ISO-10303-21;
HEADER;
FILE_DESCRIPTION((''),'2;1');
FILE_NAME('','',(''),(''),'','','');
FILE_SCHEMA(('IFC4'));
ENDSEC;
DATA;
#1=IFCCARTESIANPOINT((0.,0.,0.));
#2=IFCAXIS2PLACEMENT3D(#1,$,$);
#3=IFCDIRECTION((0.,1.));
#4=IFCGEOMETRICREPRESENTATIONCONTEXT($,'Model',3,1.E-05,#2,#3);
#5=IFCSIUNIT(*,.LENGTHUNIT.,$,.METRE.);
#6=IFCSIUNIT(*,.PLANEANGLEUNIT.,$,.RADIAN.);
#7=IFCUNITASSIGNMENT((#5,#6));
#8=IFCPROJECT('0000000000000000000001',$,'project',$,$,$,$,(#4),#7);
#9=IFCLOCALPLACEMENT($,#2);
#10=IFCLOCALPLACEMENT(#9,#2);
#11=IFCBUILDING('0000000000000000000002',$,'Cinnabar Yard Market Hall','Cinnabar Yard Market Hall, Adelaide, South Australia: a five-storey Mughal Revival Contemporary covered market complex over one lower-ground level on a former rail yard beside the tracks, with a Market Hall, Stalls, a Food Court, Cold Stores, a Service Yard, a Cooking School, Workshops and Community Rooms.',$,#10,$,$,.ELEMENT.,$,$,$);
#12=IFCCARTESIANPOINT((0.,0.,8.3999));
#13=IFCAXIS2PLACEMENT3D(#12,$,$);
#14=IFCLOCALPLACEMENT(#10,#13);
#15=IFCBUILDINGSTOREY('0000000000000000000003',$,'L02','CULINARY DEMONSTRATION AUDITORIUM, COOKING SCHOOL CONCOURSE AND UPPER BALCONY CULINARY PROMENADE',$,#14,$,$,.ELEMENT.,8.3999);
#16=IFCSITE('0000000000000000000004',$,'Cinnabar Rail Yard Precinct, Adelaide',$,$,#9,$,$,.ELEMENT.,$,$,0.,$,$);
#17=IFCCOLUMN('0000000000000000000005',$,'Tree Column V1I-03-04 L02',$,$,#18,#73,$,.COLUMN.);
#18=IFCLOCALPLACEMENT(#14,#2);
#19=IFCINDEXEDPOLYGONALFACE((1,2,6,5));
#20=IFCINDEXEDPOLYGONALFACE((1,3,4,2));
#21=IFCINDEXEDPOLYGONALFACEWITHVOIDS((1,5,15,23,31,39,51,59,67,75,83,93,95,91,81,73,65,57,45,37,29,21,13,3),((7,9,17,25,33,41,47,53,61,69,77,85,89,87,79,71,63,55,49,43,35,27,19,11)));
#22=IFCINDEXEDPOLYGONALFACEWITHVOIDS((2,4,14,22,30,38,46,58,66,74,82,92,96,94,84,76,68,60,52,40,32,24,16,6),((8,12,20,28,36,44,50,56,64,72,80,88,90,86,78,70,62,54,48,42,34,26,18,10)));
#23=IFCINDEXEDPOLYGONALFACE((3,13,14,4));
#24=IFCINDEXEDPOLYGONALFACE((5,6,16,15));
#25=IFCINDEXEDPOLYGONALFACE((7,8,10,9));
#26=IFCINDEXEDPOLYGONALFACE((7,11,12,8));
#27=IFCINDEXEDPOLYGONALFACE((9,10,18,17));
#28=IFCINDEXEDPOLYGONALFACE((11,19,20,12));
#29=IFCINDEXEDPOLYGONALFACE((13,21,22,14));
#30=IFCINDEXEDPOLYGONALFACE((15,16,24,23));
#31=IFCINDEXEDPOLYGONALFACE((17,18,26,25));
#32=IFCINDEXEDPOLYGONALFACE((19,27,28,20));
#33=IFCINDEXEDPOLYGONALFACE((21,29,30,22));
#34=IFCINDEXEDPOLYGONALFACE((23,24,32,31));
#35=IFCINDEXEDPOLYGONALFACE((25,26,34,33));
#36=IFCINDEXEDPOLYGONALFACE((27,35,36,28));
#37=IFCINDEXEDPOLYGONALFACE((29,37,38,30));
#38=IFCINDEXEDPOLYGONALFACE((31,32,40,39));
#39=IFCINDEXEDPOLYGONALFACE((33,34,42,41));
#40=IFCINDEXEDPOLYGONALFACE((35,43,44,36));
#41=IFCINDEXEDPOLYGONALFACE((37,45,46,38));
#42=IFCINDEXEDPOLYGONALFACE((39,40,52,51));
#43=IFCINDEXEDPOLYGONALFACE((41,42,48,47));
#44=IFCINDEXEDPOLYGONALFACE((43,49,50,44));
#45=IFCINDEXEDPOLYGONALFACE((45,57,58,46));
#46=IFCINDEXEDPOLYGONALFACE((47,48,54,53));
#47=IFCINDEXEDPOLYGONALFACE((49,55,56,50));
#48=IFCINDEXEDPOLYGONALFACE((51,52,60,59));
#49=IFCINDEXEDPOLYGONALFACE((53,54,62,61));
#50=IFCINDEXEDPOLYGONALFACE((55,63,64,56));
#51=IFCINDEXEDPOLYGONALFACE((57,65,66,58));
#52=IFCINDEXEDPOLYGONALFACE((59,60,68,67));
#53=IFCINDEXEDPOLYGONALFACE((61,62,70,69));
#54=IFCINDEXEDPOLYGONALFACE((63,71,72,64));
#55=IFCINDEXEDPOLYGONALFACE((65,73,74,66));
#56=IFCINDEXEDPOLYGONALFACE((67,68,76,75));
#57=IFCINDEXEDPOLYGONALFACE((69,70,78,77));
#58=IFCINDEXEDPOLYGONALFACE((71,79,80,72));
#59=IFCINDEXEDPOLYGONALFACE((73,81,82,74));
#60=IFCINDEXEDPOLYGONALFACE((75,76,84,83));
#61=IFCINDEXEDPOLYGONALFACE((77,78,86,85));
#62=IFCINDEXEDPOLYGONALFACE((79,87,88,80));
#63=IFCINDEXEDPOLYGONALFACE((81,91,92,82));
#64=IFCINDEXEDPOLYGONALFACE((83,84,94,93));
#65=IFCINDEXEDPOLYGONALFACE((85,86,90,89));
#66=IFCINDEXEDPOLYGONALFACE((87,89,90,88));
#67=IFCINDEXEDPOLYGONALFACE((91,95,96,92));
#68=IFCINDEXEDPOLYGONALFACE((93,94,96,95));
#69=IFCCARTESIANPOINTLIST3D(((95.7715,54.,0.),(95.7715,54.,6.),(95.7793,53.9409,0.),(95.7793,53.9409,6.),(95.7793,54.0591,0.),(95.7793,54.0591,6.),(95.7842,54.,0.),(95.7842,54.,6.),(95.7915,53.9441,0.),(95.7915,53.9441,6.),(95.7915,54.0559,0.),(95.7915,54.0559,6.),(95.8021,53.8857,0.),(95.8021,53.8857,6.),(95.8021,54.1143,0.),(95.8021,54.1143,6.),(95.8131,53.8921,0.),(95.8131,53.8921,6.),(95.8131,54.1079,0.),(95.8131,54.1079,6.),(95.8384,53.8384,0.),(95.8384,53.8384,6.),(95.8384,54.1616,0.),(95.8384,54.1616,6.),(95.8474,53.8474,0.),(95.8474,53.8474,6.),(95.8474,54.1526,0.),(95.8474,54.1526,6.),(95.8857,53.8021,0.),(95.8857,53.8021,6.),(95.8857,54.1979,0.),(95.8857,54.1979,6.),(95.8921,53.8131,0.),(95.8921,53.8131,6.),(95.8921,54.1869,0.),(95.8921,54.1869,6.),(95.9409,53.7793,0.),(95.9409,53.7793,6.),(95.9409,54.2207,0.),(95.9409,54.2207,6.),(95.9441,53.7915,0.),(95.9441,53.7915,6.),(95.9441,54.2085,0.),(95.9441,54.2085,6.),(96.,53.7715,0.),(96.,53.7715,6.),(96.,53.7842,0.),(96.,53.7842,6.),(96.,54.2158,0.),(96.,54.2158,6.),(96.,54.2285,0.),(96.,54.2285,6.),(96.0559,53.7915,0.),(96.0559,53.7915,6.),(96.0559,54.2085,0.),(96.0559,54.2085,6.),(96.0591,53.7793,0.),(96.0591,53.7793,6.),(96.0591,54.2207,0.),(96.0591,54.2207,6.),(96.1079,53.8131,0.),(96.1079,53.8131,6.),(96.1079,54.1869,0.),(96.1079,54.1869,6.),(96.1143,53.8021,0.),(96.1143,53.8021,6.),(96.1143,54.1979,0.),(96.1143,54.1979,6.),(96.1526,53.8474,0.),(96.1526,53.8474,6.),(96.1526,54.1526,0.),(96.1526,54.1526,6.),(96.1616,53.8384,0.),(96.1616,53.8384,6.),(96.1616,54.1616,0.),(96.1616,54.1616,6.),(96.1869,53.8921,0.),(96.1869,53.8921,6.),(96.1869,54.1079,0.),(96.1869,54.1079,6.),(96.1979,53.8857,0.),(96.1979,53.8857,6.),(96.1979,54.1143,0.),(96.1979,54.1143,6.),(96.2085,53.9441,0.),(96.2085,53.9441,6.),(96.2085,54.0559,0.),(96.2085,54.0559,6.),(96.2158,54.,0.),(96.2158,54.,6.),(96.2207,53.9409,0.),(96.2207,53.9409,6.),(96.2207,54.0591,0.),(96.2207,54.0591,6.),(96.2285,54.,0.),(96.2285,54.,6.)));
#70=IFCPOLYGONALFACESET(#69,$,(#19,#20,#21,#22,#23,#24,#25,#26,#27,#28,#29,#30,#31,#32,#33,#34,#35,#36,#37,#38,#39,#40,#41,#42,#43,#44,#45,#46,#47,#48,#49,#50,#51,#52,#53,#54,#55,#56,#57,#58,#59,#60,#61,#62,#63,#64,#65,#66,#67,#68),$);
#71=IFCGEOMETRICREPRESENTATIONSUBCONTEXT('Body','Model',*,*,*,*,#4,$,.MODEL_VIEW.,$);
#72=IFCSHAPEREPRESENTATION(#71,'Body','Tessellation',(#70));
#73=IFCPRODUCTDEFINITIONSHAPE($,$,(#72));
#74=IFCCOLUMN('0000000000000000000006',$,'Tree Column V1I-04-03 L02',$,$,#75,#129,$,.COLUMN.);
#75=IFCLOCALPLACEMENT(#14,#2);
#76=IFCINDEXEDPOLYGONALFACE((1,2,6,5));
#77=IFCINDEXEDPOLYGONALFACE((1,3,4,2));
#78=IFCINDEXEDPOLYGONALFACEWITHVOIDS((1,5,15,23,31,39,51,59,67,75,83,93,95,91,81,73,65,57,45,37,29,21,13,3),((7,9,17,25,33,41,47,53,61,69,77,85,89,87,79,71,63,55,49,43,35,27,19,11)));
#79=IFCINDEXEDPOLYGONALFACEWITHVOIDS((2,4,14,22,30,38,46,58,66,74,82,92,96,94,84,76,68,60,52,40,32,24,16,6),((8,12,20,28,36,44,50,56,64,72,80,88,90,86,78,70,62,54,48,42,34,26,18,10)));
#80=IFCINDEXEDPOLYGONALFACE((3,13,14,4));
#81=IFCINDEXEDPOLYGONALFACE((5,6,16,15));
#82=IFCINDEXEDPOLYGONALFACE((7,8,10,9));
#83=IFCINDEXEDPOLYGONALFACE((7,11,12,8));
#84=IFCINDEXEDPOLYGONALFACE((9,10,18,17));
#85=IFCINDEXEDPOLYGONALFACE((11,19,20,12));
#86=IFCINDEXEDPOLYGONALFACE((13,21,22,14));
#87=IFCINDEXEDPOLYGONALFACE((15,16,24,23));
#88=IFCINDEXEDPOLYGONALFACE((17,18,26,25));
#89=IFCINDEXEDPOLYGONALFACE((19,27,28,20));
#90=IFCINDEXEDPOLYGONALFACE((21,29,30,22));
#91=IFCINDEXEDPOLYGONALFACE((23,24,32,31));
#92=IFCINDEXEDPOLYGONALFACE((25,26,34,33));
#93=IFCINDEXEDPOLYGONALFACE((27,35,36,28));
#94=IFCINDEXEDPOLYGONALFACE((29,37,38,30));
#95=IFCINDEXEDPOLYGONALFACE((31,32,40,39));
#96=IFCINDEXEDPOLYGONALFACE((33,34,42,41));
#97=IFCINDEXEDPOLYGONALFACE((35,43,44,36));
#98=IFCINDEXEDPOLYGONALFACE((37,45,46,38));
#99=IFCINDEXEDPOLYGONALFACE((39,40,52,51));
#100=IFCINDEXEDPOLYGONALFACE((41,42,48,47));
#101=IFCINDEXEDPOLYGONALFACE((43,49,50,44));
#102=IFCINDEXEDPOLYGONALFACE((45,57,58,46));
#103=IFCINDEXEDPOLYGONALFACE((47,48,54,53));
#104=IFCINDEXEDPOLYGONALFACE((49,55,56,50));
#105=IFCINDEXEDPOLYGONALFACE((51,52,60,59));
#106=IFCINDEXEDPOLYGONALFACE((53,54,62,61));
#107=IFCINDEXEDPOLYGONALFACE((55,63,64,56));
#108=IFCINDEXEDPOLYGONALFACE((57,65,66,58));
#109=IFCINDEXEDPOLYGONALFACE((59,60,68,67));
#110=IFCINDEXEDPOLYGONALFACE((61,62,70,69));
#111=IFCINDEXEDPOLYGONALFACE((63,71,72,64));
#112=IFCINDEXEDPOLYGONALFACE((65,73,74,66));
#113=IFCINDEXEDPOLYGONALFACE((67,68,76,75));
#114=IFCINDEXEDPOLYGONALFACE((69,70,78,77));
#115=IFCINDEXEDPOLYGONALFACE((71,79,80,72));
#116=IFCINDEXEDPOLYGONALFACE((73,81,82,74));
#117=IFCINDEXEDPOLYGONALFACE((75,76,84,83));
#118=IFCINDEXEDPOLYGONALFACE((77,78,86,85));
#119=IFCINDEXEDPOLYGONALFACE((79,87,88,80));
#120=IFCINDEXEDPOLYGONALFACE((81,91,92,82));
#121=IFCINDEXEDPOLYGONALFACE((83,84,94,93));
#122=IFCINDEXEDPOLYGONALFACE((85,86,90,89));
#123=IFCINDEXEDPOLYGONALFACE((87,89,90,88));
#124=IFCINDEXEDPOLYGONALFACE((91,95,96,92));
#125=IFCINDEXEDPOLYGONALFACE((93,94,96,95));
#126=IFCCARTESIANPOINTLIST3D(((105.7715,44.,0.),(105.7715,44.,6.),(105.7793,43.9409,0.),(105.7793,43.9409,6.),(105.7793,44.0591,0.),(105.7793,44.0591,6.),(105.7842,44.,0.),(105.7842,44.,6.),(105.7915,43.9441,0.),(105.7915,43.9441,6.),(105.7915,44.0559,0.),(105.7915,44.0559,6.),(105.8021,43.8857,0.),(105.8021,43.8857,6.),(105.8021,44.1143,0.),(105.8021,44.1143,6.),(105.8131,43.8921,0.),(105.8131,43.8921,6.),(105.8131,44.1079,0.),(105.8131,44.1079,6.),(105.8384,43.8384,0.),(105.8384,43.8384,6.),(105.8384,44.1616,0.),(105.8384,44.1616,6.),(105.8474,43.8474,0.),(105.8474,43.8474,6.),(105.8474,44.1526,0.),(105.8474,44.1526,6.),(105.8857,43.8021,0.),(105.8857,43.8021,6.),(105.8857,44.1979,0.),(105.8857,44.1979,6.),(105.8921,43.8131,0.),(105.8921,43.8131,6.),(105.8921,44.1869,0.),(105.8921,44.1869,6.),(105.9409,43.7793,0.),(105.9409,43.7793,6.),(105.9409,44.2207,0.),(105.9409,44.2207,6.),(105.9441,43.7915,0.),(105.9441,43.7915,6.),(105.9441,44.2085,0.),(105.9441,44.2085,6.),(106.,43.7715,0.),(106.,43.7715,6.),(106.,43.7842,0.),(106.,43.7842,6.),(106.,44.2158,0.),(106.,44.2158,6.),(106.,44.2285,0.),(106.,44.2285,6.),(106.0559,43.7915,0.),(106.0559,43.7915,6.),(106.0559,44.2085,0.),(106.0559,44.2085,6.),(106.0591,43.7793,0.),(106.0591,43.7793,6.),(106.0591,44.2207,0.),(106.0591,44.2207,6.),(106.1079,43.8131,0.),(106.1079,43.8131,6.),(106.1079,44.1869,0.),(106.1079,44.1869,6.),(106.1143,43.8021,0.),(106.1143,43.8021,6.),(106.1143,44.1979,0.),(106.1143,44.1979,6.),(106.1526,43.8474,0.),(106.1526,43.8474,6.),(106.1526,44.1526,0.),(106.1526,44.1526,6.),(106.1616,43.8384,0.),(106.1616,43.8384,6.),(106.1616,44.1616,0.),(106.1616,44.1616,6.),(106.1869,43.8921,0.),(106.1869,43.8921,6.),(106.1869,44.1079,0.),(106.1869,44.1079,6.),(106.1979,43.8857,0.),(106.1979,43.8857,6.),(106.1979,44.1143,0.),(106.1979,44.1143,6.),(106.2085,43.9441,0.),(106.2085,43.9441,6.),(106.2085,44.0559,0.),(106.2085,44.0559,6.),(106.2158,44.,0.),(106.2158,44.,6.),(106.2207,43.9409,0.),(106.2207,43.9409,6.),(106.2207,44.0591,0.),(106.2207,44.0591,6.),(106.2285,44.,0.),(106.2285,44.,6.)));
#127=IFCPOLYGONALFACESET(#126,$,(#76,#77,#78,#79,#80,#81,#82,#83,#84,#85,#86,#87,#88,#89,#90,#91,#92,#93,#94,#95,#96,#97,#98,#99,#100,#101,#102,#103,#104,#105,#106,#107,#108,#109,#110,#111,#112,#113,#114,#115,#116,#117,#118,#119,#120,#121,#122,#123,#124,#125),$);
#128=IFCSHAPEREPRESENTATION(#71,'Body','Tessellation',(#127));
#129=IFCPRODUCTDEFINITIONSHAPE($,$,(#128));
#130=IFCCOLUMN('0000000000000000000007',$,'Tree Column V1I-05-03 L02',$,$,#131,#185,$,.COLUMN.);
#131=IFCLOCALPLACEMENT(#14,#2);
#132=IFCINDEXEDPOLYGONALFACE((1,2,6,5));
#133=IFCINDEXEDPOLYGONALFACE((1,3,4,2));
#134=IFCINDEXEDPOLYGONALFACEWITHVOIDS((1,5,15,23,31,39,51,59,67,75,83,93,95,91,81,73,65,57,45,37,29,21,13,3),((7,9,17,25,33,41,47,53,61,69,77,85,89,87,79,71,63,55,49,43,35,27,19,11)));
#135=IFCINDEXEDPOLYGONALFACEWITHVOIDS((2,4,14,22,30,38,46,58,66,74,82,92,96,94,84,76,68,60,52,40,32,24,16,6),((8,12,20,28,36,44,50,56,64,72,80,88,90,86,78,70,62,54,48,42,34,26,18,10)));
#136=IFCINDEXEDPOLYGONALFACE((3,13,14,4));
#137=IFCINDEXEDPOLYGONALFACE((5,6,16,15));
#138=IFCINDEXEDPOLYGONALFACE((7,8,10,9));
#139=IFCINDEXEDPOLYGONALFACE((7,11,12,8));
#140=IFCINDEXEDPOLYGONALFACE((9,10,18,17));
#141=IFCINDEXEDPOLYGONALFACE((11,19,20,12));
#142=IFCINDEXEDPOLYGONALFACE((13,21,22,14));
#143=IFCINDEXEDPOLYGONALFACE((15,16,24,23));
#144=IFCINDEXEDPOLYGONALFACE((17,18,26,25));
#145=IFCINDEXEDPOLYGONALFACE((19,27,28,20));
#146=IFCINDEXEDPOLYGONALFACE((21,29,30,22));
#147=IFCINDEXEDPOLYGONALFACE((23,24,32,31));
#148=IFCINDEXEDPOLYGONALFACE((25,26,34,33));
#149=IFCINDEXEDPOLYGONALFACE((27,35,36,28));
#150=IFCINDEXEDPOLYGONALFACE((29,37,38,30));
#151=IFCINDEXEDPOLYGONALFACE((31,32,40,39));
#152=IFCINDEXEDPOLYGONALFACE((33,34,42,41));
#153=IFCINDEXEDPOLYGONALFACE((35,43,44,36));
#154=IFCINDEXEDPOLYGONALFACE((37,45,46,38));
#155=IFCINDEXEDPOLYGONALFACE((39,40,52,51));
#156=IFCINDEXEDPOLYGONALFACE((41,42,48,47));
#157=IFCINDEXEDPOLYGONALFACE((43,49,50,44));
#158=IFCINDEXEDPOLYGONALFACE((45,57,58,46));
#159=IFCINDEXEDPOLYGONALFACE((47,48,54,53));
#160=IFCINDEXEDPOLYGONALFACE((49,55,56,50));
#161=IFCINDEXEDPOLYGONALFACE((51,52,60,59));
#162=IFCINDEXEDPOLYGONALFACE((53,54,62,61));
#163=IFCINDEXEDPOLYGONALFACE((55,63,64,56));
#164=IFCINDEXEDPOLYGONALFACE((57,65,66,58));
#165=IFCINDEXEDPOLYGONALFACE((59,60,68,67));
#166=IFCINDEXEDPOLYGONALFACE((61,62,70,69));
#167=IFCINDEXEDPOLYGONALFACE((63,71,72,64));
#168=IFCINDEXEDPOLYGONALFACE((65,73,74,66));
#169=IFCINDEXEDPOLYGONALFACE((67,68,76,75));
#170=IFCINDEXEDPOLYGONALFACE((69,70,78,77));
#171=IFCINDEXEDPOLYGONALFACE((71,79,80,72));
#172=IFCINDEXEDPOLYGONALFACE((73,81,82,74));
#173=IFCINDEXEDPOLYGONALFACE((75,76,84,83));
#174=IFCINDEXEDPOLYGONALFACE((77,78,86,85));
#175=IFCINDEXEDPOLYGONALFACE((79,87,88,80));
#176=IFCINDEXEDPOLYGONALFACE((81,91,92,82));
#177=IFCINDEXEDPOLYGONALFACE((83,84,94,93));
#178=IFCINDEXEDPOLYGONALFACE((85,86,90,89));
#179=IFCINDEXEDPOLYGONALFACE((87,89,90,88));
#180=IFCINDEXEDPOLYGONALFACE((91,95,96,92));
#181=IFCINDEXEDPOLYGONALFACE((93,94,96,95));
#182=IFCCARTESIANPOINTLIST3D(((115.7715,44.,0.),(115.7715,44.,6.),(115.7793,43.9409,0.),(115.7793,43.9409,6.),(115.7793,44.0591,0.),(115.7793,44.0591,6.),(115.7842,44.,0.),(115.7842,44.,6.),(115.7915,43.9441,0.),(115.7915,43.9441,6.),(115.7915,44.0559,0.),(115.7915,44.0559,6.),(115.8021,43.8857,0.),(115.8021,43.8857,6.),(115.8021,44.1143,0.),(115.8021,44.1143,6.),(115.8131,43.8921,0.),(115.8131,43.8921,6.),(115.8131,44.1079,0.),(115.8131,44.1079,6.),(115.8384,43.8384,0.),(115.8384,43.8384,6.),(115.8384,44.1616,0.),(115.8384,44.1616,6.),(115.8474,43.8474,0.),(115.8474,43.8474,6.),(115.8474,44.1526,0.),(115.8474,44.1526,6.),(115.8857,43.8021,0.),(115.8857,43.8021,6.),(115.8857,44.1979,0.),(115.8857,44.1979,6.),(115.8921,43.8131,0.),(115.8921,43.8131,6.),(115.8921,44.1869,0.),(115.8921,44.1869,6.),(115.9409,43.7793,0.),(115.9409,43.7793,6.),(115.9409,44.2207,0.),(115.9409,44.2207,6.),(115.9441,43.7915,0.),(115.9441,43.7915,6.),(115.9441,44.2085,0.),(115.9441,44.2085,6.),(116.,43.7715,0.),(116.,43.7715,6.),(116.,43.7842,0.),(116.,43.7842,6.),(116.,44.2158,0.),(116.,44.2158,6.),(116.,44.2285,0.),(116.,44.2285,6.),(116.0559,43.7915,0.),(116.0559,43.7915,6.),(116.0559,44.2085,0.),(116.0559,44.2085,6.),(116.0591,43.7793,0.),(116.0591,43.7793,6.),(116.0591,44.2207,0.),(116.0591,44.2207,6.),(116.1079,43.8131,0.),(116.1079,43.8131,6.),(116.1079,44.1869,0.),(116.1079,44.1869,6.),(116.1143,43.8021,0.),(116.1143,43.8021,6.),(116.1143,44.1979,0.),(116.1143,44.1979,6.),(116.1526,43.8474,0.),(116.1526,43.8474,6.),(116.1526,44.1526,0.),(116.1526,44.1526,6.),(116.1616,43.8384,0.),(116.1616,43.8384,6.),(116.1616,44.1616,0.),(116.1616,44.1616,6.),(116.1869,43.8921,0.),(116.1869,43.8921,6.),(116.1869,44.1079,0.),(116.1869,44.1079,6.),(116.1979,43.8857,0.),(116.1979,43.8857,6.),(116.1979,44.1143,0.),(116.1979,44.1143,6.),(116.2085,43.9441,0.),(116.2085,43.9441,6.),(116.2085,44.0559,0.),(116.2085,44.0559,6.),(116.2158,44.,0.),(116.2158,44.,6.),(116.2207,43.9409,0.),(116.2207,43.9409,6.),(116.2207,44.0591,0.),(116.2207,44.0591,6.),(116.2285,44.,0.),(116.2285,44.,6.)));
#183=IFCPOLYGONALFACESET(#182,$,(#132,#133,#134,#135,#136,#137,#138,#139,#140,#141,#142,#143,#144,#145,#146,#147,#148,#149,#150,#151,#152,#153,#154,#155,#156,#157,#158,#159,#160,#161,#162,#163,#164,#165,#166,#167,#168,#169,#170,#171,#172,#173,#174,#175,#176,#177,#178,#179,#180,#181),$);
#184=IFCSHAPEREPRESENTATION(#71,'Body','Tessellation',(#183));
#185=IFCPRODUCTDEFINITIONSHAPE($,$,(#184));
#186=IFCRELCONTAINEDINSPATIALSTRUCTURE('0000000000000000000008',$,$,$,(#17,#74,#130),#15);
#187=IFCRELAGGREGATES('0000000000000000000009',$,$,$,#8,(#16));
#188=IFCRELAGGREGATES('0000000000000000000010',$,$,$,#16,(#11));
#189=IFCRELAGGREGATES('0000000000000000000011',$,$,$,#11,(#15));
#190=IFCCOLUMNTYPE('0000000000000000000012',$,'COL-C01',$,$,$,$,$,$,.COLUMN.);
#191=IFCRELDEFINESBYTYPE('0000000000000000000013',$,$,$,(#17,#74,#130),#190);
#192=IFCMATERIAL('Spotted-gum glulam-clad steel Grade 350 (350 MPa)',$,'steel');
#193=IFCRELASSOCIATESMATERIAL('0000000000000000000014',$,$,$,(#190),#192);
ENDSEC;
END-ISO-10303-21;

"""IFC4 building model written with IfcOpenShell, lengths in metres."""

from ifc_helpers import new_model, si_unit, direction, frame, origin, origin_2d_with_axis, place, context, subcontext, project, spatial, hollow_circle, extrude, material, material_profile, profile_set, type_object, element, save


model = new_model("IFC4")

# Units and contexts
model_context = context("Model", 3, precision=1e-05, world=origin(), true_north=direction((0.0, 1.0)))
body_context = subcontext(model_context, "Body", "Model", "MODEL_VIEW")
ifc_project = project(units=[si_unit("LENGTHUNIT", "METRE"), si_unit("PLANEANGLEUNIT", "RADIAN")], contexts=[model_context])

# Site, building, storey
site_placement = place(None, origin())
site = spatial("IfcSite", under=ifc_project, at=site_placement, Name="Cinnabar Rail Yard Precinct, Adelaide", CompositionType="ELEMENT", RefElevation=0.0)
building_placement = place(site_placement, origin())
building = spatial("IfcBuilding", under=site, at=building_placement, Name="Cinnabar Yard Market Hall", Description="Cinnabar Yard Market Hall, Adelaide, South Australia: a five-storey Mughal Revival Contemporary covered market complex over one lower-ground level on a former rail yard beside the tracks, with a Market Hall, Stalls, a Food Court, Cold Stores, a Service Yard, a Cooking School, Workshops and Community Rooms.", CompositionType="ELEMENT")
storey_placement = place(building_placement, frame((0.0, 0.0, 8.3999)))
storey = spatial("IfcBuildingStorey", under=building, at=storey_placement, Name="L02", Description="CULINARY DEMONSTRATION AUDITORIUM, COOKING SCHOOL CONCOURSE AND UPPER BALCONY CULINARY PROMENADE", CompositionType="ELEMENT", Elevation=8.3999)

# Columns
ifc_material_1 = material(Name="Spotted-gum glulam-clad steel Grade 350 (350 MPa)", Category="steel")
ifc_material_profile_1 = material_profile(ifc_material_1, hollow_circle(Radius=0.2285, WallThickness=0.0127, at=origin_2d_with_axis()), Name="457.0x12.7CHS")
ifc_profile_set_1 = profile_set([ifc_material_profile_1], Name="Spotted-gum glulam-clad steel Grade 350 (350 MPa)")
column_type = type_object("IfcColumnType", Name="COL-C01", PredefinedType="COLUMN", material=ifc_profile_set_1)
for number, where, z_axis, x_axis, name in (
    (1, (96.0, 54.0, 0.0), (0.0, 0.0, 1.0), (1.0, 0.0, 0.0), "Tree Column V1I-03-04 L02"),
    (2, (106.0, 44.0, 0.0), (0.0, 0.0, 1.0), (1.0, 0.0, 0.0), "Tree Column V1I-04-03 L02"),
    (3, (116.0, 44.0, 0.0), (0.0, 0.0, 1.0), (1.0, 0.0, 0.0), "Tree Column V1I-05-03 L02"),
):
    element("IfcColumn", number, at=place(storey_placement, frame(where, z_axis=z_axis, x_axis=x_axis)), inside=storey, type_object=column_type, Name=name, PredefinedType="COLUMN", context=body_context, shape_type="SweptSolid", body=[
        extrude(hollow_circle(Radius=0.2285, WallThickness=0.0127, at=origin_2d_with_axis()), origin(), (0.0, 0.0, 1.0), 6.0),
    ])

save(model, "model.ifc")
